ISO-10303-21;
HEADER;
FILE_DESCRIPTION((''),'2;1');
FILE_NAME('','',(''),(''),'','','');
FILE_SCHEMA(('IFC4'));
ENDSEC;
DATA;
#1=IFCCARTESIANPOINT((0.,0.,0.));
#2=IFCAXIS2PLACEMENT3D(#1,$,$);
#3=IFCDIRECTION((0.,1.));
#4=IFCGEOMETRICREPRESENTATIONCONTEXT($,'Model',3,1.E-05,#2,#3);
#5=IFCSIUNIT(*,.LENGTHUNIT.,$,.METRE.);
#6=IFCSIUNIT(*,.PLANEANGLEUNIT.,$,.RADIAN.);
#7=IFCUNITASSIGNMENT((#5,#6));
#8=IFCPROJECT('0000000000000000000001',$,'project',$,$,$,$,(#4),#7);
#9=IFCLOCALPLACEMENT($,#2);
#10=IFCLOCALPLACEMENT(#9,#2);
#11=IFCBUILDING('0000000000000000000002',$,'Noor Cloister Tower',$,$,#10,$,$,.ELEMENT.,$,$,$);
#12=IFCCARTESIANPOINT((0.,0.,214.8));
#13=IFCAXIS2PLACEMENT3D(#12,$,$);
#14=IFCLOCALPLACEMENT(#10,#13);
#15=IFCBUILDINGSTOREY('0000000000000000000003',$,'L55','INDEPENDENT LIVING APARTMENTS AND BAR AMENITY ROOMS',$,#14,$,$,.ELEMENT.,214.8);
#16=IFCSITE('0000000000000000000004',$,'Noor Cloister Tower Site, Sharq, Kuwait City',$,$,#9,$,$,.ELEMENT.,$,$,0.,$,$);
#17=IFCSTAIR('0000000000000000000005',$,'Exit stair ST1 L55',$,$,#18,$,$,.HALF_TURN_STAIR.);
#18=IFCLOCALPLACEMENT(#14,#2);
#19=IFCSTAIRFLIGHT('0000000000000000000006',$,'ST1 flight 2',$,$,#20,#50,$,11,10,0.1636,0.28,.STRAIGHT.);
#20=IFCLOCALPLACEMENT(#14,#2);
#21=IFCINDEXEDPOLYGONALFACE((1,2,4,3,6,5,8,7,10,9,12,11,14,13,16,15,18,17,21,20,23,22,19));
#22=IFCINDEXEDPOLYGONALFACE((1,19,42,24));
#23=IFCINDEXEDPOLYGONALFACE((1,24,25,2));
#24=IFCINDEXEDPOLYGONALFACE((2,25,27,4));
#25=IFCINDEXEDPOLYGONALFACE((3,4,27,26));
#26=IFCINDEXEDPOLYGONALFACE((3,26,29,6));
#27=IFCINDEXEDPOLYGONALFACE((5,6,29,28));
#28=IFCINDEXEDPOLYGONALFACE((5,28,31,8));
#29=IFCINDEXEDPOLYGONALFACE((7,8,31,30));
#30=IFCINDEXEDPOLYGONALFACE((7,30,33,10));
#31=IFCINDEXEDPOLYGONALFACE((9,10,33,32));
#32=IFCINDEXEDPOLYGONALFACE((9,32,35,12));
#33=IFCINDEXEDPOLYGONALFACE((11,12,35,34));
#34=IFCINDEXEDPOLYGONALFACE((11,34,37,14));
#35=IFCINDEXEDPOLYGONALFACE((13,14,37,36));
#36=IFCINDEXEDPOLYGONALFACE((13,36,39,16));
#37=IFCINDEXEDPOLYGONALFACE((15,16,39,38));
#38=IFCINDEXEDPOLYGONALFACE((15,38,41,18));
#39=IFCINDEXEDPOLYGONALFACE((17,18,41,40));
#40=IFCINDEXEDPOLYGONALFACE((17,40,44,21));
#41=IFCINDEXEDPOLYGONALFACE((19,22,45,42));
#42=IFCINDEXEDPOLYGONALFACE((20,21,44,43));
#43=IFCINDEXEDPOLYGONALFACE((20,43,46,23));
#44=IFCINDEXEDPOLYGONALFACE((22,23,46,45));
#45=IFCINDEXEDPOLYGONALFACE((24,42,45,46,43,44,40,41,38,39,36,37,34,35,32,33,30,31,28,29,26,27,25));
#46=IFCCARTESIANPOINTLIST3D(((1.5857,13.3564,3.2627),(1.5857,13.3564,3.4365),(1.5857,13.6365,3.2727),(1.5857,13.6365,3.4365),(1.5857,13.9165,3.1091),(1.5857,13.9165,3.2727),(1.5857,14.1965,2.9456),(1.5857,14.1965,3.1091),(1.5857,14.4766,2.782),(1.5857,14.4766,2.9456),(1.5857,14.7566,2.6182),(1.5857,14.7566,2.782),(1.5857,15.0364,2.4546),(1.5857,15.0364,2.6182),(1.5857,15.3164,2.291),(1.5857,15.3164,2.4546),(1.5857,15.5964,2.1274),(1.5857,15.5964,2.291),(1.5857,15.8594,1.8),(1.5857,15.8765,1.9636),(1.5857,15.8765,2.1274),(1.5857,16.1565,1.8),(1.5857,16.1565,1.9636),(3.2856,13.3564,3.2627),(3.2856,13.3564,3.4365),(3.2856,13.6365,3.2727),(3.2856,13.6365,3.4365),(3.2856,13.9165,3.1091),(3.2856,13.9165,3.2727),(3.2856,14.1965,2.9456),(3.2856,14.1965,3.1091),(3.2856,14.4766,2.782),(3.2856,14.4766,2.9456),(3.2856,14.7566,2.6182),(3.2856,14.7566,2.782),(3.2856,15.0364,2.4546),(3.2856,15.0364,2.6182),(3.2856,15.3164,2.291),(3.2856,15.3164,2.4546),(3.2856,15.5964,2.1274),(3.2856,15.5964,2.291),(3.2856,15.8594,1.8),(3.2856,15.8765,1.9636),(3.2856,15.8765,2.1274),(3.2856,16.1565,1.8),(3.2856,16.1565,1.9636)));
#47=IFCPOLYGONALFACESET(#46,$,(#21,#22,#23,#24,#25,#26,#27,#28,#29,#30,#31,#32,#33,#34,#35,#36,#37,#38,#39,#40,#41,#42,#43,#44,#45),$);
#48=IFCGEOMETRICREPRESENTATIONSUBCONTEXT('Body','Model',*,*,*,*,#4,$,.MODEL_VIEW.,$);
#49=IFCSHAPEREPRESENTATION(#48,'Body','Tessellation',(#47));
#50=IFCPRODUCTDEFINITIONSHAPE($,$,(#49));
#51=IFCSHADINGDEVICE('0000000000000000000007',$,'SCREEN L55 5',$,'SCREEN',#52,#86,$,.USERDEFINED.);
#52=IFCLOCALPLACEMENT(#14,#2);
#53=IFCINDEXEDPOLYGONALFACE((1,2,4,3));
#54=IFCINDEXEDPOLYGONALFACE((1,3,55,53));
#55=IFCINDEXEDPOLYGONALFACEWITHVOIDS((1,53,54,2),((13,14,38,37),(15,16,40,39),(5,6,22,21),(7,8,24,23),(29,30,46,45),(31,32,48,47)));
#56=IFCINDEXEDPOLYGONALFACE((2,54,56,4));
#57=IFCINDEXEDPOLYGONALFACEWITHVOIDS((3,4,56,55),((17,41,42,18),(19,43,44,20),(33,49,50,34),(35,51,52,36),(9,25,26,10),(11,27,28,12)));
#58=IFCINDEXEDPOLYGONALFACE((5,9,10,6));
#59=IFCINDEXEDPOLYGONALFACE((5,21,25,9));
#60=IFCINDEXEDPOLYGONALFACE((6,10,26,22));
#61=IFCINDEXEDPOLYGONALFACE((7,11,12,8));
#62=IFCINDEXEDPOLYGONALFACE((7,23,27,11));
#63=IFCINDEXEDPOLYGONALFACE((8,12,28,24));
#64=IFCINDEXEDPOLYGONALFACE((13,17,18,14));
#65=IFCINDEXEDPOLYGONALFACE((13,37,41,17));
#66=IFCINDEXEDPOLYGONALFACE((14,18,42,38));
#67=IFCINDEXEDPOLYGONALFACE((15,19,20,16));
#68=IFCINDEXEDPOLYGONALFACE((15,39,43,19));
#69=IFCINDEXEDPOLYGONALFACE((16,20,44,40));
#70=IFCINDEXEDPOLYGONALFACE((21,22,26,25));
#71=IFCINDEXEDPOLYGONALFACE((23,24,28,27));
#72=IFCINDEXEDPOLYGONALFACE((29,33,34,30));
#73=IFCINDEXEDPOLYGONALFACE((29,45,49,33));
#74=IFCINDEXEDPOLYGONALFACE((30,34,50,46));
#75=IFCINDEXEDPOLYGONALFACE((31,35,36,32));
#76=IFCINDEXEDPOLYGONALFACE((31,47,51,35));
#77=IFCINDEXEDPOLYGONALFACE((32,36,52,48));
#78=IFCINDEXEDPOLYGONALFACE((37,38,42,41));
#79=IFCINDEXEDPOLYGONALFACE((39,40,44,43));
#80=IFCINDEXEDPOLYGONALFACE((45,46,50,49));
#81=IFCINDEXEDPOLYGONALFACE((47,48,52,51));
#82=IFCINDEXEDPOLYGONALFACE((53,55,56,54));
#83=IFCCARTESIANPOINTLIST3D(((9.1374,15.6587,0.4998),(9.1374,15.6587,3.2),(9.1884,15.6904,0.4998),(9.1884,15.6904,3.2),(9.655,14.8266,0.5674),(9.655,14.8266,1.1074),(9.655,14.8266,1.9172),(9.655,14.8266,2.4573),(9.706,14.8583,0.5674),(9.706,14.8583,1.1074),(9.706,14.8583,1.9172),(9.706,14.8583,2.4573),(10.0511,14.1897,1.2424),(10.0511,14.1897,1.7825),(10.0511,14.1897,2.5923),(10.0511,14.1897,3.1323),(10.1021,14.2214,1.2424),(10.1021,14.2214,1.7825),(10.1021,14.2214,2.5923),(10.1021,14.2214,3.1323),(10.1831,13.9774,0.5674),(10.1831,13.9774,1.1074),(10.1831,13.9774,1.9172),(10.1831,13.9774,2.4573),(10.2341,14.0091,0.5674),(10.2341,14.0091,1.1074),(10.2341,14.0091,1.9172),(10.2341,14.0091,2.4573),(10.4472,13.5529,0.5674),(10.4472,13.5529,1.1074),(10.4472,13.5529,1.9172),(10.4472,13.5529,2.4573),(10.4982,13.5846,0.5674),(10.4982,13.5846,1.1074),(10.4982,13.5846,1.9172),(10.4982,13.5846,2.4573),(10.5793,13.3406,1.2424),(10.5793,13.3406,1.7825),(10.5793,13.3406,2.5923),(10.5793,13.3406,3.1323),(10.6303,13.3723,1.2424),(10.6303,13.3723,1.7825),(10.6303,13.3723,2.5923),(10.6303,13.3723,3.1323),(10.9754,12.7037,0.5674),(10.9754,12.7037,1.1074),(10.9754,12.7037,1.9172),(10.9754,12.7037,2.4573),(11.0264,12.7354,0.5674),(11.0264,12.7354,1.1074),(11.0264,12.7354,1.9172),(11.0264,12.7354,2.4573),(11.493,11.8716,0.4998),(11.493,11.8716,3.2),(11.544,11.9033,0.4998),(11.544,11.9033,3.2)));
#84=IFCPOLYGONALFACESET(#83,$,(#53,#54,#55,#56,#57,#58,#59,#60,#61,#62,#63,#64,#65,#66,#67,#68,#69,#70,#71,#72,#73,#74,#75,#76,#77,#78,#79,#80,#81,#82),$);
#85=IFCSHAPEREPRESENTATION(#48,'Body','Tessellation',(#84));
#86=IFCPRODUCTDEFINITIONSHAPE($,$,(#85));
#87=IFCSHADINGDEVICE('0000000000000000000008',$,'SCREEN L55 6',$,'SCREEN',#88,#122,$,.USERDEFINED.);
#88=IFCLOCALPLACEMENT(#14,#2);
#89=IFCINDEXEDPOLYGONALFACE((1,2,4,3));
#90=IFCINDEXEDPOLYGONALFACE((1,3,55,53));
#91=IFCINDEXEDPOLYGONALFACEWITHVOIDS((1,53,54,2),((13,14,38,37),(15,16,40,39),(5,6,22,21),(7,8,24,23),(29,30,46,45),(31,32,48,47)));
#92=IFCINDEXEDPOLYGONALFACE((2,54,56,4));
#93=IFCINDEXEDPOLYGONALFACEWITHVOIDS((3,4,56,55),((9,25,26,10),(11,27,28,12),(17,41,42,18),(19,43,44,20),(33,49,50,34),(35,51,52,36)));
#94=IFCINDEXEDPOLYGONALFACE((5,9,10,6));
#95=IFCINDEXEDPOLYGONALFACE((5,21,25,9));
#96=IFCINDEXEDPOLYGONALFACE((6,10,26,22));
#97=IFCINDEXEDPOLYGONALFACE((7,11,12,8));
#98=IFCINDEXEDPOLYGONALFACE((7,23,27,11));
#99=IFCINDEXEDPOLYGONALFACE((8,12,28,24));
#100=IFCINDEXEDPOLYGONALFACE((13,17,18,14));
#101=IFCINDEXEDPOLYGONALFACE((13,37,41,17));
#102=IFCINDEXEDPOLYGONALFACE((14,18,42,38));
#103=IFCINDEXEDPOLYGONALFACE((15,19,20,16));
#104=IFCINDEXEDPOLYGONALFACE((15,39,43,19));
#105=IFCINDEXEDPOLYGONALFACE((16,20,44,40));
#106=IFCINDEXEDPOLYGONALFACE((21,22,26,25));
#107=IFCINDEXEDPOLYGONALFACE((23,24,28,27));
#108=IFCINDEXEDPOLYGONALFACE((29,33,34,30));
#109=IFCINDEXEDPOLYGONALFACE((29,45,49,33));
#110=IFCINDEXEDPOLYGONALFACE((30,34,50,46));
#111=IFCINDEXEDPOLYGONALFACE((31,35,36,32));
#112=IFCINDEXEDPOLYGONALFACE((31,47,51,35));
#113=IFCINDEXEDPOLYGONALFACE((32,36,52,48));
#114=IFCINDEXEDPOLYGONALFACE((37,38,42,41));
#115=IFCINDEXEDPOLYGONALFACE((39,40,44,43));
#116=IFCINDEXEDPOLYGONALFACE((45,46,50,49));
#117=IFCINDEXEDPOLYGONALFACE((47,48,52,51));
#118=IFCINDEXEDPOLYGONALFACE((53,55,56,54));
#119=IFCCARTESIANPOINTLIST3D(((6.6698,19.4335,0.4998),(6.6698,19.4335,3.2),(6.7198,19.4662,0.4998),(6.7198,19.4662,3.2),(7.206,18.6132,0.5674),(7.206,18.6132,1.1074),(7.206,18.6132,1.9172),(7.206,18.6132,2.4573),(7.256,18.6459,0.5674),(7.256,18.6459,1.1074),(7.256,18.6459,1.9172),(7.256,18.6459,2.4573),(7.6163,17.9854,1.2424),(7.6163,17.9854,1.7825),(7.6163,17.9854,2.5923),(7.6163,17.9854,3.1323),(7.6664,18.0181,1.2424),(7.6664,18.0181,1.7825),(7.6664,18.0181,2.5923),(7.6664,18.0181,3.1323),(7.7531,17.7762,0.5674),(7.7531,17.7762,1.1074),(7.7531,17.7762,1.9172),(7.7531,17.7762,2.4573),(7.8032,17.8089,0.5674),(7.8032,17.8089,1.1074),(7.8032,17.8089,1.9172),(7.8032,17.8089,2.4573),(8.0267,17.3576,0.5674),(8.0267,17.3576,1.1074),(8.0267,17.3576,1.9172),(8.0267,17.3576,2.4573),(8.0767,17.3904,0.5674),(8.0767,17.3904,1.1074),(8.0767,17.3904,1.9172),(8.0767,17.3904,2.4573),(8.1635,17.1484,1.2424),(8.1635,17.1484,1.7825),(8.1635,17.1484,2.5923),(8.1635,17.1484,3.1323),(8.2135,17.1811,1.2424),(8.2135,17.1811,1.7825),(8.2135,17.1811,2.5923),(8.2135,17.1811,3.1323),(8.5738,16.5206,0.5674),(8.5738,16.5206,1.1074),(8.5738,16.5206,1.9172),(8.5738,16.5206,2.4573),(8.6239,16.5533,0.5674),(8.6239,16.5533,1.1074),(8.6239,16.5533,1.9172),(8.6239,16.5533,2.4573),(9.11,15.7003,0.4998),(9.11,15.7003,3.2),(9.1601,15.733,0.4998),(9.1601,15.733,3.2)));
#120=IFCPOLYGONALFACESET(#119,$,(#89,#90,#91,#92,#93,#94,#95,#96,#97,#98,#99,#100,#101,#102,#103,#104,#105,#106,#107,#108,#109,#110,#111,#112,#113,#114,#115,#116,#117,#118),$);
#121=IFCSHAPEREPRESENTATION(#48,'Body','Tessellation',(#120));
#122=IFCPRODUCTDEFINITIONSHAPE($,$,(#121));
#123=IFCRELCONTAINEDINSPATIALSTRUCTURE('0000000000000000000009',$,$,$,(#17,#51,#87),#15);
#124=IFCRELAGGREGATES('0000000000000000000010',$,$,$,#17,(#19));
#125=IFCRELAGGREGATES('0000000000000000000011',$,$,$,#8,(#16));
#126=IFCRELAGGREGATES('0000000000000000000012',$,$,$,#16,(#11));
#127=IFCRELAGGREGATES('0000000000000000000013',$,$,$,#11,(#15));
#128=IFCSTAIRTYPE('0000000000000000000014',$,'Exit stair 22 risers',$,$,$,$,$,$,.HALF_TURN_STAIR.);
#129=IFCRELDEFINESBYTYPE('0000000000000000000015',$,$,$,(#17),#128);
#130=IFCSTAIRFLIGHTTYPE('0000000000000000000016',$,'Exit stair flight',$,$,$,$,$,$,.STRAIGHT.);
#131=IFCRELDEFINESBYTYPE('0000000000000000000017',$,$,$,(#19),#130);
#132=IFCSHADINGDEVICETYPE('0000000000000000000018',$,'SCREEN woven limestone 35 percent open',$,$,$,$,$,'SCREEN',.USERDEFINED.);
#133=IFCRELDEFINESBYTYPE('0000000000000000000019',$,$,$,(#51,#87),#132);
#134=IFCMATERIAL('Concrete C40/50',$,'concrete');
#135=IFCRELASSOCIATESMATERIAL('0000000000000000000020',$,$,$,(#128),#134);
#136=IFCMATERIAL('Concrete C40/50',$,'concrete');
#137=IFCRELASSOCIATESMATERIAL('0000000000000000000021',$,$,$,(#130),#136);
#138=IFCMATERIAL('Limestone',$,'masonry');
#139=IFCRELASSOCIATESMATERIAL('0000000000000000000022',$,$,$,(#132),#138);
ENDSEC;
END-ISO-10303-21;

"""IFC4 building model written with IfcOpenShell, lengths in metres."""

from ifc_helpers import new_model, si_unit, direction, frame, origin, place, context, subcontext, project, spatial, polyline, outline, extrude, material, material_profile, profile_set, type_object, element, aggregate, save


model = new_model("IFC4")

# Units and contexts
model_context = context("Model", 3, precision=1e-05, world=origin(), true_north=direction((0.0, 1.0)))
body_context = subcontext(model_context, "Body", "Model", "MODEL_VIEW")
ifc_project = project(units=[si_unit("LENGTHUNIT", "METRE"), si_unit("PLANEANGLEUNIT", "RADIAN")], contexts=[model_context])

# Site, building, storey
site_placement = place(None, origin())
site = spatial("IfcSite", under=ifc_project, at=site_placement, Name="Noor Cloister Tower Site, Sharq, Kuwait City", CompositionType="ELEMENT", RefElevation=0.0)
building_placement = place(site_placement, origin())
building = spatial("IfcBuilding", under=site, at=building_placement, Name="Noor Cloister Tower", CompositionType="ELEMENT")
storey_placement = place(building_placement, frame((0.0, 0.0, 214.8)))
storey = spatial("IfcBuildingStorey", under=building, at=storey_placement, Name="L55", Description="INDEPENDENT LIVING APARTMENTS AND BAR AMENITY ROOMS", CompositionType="ELEMENT", Elevation=214.8)

# Stair, stair flight
ifc_material_1 = material(Name="Concrete C40/50", Category="concrete")
stair_type = type_object("IfcStairType", Name="Exit stair 22 risers", PredefinedType="HALF_TURN_STAIR", material=ifc_material_1)
stair_placement = place(storey_placement, origin())
stair = element("IfcStair", 1, at=stair_placement, inside=storey, type_object=stair_type, Name="Exit stair ST1 L55", PredefinedType="HALF_TURN_STAIR")
ifc_material_2 = material(Name="Concrete C40/50", Category="concrete")
stair_flight_type = type_object("IfcStairFlightType", Name="Exit stair flight", PredefinedType="STRAIGHT", material=ifc_material_2)
stair_flight_1_placement = place(storey_placement, frame((2.4355, 16.1565, 1.8), z_axis=(0.0, 0.0, 1.0), x_axis=(0.0, -1.0, 0.0)))
stair_flight_1 = element("IfcStairFlight", 2, at=stair_flight_1_placement, type_object=stair_flight_type, Name="ST1 flight 2", NumberOfRisers=11, NumberOfTreads=10, PredefinedType="STRAIGHT", RiserHeight=0.1636, TreadLength=0.28, context=body_context, shape_type="SweptSolid", body=[
    extrude(outline(polyline([(0.0, 0.0), (0.0, 0.1636), (0.28, 0.1636), (0.28, 0.3274), (0.5601, 0.3274), (0.5601, 0.491), (0.8401, 0.491), (0.8401, 0.6545), (1.1201, 0.6545), (1.1201, 0.8181), (1.3999, 0.8181), (1.3999, 0.9819), (1.6799, 0.9819), (1.6799, 1.1455), (1.96, 1.1455), (1.96, 1.3091), (2.24, 1.3091), (2.24, 1.4727), (2.52, 1.4727), (2.52, 1.6365), (2.8, 1.6365), (2.8, 1.8), (2.8, 1.4626), (0.2971, 0.0), (0.0, 0.0)])), frame((0.0, 0.8501, 0.0), z_axis=(0.0, -1.0, 0.0), x_axis=(1.0, 0.0, 0.0)), (0.0, 0.0, 1.0), 1.7),
])
aggregate(stair, [stair_flight_1])

# Shading devices
ifc_material_3 = material(Name="Limestone", Category="masonry")
ifc_material_profile_1 = material_profile(ifc_material_3, outline(polyline([(-2.23, -1.3501), (2.23, -1.3501), (2.23, 1.3501), (-2.23, 1.3501), (-2.23, -1.3501)]), holes=[polyline([(-1.25, -1.2825), (-0.25, -1.2825), (-0.25, -0.7424), (-1.25, -0.7424), (-1.25, -1.2825)]), polyline([(0.25, -1.2825), (1.25, -1.2825), (1.25, -0.7424), (0.25, -0.7424), (0.25, -1.2825)]), polyline([(-0.5, -0.6074), (0.5, -0.6074), (0.5, -0.0674), (-0.5, -0.0674), (-0.5, -0.6074)]), polyline([(-1.25, 0.0674), (-0.25, 0.0674), (-0.25, 0.6074), (-1.25, 0.6074), (-1.25, 0.0674)]), polyline([(0.25, 0.0674), (1.25, 0.0674), (1.25, 0.6074), (0.25, 0.6074), (0.25, 0.0674)]), polyline([(-0.5, 0.7424), (0.5, 0.7424), (0.5, 1.2825), (-0.5, 1.2825), (-0.5, 0.7424)])]), Name="Woven screen 35 percent open")
ifc_profile_set_1 = profile_set([ifc_material_profile_1], Name="Limestone")
shading_device_type = type_object("IfcShadingDeviceType", Name="SCREEN woven limestone 35 percent open", ElementType="SCREEN", PredefinedType="USERDEFINED", material=ifc_profile_set_1)
shading_device_1_placement = place(storey_placement, frame((10.3152, 13.7651, 1.8499), z_axis=(0.849138, 0.528172, 0.0), x_axis=(-0.528172, 0.849138, 0.0)))
element("IfcShadingDevice", 3, at=shading_device_1_placement, inside=storey, type_object=shading_device_type, Name="SCREEN L55 5", ObjectType="SCREEN", PredefinedType="USERDEFINED", context=body_context, shape_type="SweptSolid", body=[
    extrude(outline(polyline([(-2.23, -1.3501), (2.23, -1.3501), (2.23, 1.3501), (-2.23, 1.3501), (-2.23, -1.3501)]), holes=[polyline([(-1.25, -1.2825), (-0.25, -1.2825), (-0.25, -0.7424), (-1.25, -0.7424), (-1.25, -1.2825)]), polyline([(0.25, -1.2825), (1.25, -1.2825), (1.25, -0.7424), (0.25, -0.7424), (0.25, -1.2825)]), polyline([(-0.5, -0.6074), (0.5, -0.6074), (0.5, -0.0674), (-0.5, -0.0674), (-0.5, -0.6074)]), polyline([(-1.25, 0.0674), (-0.25, 0.0674), (-0.25, 0.6074), (-1.25, 0.6074), (-1.25, 0.0674)]), polyline([(0.25, 0.0674), (1.25, 0.0674), (1.25, 0.6074), (0.25, 0.6074), (0.25, 0.0674)]), polyline([(-0.5, 0.7424), (0.5, 0.7424), (0.5, 1.2825), (-0.5, 1.2825), (-0.5, 0.7424)])]), origin(), (0.0, 0.0, 1.0), 0.0601),
])
shading_device_2_placement = place(storey_placement, frame((7.8899, 17.5669, 1.8499), z_axis=(0.837042, 0.547139, 0.0), x_axis=(-0.547139, 0.837042, 0.0)))
element("IfcShadingDevice", 4, at=shading_device_2_placement, inside=storey, type_object=shading_device_type, Name="SCREEN L55 6", ObjectType="SCREEN", PredefinedType="USERDEFINED", context=body_context, shape_type="SweptSolid", body=[
    extrude(outline(polyline([(-2.23, -1.3501), (2.23, -1.3501), (2.23, 1.3501), (-2.23, 1.3501), (-2.23, -1.3501)]), holes=[polyline([(-1.25, -1.2825), (-0.25, -1.2825), (-0.25, -0.7424), (-1.25, -0.7424), (-1.25, -1.2825)]), polyline([(0.25, -1.2825), (1.25, -1.2825), (1.25, -0.7424), (0.25, -0.7424), (0.25, -1.2825)]), polyline([(-0.5, -0.6074), (0.5, -0.6074), (0.5, -0.0674), (-0.5, -0.0674), (-0.5, -0.6074)]), polyline([(-1.25, 0.0674), (-0.25, 0.0674), (-0.25, 0.6074), (-1.25, 0.6074), (-1.25, 0.0674)]), polyline([(0.25, 0.0674), (1.25, 0.0674), (1.25, 0.6074), (0.25, 0.6074), (0.25, 0.0674)]), polyline([(-0.5, 0.7424), (0.5, 0.7424), (0.5, 1.2825), (-0.5, 1.2825), (-0.5, 0.7424)])]), origin(), (0.0, 0.0, 1.0), 0.0598),
])

save(model, "model.ifc")
